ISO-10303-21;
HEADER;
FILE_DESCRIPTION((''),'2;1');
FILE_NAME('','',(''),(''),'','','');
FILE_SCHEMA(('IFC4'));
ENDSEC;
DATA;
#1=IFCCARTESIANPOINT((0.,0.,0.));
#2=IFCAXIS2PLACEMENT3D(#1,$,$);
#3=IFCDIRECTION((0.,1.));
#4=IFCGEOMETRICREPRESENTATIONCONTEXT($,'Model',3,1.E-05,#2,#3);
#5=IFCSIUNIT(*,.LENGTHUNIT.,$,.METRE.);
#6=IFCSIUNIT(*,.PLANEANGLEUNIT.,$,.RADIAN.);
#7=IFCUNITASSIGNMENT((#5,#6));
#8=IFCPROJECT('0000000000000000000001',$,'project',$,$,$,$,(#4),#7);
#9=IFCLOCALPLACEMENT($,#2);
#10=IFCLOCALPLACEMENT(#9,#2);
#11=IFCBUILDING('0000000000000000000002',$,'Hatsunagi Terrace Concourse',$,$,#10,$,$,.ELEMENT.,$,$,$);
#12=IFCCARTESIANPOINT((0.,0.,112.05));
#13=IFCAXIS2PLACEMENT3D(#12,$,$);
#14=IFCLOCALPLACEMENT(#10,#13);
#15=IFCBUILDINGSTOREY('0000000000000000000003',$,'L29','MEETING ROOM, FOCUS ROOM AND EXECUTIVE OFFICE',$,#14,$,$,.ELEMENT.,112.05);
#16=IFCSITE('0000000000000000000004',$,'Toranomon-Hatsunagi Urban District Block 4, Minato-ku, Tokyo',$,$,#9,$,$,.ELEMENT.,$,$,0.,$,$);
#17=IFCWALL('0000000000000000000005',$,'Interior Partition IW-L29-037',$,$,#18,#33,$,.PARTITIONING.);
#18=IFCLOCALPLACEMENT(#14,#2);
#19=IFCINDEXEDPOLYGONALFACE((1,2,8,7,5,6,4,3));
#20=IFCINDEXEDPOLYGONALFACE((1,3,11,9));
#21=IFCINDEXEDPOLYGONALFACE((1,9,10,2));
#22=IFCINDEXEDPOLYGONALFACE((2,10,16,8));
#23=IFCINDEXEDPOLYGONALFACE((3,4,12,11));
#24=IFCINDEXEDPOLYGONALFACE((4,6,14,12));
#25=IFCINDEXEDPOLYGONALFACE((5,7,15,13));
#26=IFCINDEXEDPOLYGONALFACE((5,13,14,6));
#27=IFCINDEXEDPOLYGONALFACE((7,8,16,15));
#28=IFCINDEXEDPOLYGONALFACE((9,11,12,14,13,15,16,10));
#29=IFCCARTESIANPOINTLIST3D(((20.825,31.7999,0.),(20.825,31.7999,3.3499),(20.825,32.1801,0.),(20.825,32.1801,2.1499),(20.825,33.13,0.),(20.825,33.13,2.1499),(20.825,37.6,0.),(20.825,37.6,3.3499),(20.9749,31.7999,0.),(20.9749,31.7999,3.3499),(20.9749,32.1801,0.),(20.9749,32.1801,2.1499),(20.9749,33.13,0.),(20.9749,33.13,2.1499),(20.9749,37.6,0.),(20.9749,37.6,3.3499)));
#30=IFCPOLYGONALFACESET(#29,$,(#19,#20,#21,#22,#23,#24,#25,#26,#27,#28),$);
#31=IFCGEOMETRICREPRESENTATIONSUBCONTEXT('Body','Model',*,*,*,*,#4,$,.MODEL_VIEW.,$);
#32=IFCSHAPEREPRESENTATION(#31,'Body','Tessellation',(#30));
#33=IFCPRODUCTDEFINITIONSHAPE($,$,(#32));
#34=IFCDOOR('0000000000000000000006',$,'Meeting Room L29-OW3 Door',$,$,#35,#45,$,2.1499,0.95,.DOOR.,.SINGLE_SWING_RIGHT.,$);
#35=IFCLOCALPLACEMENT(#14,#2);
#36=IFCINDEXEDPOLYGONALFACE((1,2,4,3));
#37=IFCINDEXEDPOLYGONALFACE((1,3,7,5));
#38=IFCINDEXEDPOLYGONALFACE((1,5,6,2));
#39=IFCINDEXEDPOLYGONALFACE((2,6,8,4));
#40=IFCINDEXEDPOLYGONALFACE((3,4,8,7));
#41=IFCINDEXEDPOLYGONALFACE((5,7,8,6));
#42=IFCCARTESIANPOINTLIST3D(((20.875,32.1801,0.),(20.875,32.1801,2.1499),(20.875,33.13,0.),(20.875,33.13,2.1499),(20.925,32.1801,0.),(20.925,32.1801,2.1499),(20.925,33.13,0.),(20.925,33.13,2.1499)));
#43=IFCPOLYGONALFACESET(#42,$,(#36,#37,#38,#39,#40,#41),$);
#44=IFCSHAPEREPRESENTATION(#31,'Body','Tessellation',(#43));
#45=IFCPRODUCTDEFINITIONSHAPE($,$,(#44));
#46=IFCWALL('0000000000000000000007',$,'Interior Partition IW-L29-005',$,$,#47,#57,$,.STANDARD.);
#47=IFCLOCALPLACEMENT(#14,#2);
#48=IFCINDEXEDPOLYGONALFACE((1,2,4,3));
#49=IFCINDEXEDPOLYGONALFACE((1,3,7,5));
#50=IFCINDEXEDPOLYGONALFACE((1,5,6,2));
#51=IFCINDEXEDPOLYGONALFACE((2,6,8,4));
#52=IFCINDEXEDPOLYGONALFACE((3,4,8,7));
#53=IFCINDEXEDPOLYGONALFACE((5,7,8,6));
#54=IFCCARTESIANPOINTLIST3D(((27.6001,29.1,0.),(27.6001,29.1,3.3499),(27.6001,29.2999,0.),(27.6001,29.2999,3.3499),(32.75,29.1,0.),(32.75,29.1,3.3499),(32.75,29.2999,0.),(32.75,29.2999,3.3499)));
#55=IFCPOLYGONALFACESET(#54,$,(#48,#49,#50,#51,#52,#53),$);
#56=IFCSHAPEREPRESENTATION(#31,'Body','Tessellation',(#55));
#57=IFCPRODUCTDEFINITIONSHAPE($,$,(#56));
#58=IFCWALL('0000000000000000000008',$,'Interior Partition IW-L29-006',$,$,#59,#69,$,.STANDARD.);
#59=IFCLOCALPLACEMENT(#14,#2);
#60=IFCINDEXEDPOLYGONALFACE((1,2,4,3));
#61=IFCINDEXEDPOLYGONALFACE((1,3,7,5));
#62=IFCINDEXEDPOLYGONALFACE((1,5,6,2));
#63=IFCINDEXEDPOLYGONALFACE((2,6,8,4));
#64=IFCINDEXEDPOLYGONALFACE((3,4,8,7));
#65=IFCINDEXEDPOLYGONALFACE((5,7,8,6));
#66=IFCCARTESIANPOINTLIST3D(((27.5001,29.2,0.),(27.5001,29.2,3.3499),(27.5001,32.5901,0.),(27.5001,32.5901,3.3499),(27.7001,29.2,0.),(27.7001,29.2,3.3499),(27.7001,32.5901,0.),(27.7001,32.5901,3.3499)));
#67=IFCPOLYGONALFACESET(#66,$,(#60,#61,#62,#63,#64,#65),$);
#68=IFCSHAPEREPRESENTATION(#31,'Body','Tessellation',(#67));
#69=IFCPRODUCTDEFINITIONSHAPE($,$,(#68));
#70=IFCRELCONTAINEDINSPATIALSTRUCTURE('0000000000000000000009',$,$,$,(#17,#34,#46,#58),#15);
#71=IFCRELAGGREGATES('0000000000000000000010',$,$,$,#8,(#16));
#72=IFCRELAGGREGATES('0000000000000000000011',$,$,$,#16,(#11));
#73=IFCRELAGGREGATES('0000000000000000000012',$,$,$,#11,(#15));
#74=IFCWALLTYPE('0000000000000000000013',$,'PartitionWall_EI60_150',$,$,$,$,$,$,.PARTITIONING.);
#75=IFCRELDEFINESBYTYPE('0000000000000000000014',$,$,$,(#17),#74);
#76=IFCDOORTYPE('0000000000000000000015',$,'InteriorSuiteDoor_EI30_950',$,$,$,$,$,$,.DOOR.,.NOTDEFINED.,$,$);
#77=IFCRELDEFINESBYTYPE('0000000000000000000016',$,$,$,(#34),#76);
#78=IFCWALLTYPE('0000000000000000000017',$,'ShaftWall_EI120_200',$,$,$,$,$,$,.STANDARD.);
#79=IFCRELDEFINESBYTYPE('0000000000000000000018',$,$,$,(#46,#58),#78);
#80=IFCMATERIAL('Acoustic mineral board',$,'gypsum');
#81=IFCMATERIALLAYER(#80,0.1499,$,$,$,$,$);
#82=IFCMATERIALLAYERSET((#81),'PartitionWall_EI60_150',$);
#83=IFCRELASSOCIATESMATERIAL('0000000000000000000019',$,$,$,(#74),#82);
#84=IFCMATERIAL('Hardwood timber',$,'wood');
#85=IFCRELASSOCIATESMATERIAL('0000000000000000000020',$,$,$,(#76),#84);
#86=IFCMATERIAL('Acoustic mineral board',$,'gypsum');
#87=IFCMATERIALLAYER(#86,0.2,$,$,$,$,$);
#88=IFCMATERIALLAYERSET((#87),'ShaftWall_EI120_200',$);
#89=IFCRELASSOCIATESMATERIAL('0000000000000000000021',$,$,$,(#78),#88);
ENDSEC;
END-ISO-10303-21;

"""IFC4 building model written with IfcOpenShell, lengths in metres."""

from ifc_helpers import new_model, si_unit, direction, frame, frame_2d, origin, place, context, subcontext, project, spatial, rectangle, extrude, material, layer, layer_set, type_object, element, fill, save


model = new_model("IFC4")

# Units and contexts
model_context = context("Model", 3, precision=1e-05, world=origin(), true_north=direction((0.0, 1.0)))
body_context = subcontext(model_context, "Body", "Model", "MODEL_VIEW")
ifc_project = project(units=[si_unit("LENGTHUNIT", "METRE"), si_unit("PLANEANGLEUNIT", "RADIAN")], contexts=[model_context])

# Site, building, storey
site_placement = place(None, origin())
site = spatial("IfcSite", under=ifc_project, at=site_placement, Name="Toranomon-Hatsunagi Urban District Block 4, Minato-ku, Tokyo", CompositionType="ELEMENT", RefElevation=0.0)
building_placement = place(site_placement, origin())
building = spatial("IfcBuilding", under=site, at=building_placement, Name="Hatsunagi Terrace Concourse", CompositionType="ELEMENT")
storey_placement = place(building_placement, frame((0.0, 0.0, 112.05)))
storey = spatial("IfcBuildingStorey", under=building, at=storey_placement, Name="L29", Description="MEETING ROOM, FOCUS ROOM AND EXECUTIVE OFFICE", CompositionType="ELEMENT", Elevation=112.05)

# Shared definitions
ifc_material_1 = material(Name="Acoustic mineral board", Category="gypsum")
ifc_layer_1 = layer(ifc_material_1, 0.1499)
ifc_layer_set_1 = layer_set([ifc_layer_1], Name="PartitionWall_EI60_150")
wall_type_1 = type_object("IfcWallType", Name="PartitionWall_EI60_150", PredefinedType="PARTITIONING", material=ifc_layer_set_1)

# Wall, opening, door
ifc_material_2 = material(Name="Hardwood timber", Category="wood")
door_type_1 = type_object("IfcDoorType", Name="InteriorSuiteDoor_EI30_950", OperationType="NOTDEFINED", PredefinedType="DOOR", material=ifc_material_2)
wall_1_placement = place(storey_placement, frame((20.8999, 31.8, 0.0), z_axis=(0.0, 0.0, 1.0), x_axis=(0.0, 1.0, 0.0)))
wall_1 = element("IfcWall", 1, at=wall_1_placement, inside=storey, type_object=wall_type_1, Name="Interior Partition IW-L29-037", PredefinedType="PARTITIONING", context=body_context, shape_type="SweptSolid", body=[
    extrude(rectangle(XDim=5.8, YDim=0.1499, at=frame_2d((2.8999, 0.0))), origin(), (0.0, 0.0, 1.0), 3.3499),
])
opening_1_placement = place(wall_1_placement, frame((0.3799, 0.0, 0.0)))
opening_1 = element("IfcOpeningElement", 2, at=opening_1_placement, cuts=wall_1, PredefinedType="OPENING", context=body_context, shape_type="SweptSolid", body=[
    extrude(rectangle(XDim=0.95, YDim=2.1499, at=frame_2d((0.4751, 1.075))), frame((0.0, 0.085, 0.0), z_axis=(0.0, -1.0, 0.0), x_axis=(1.0, 0.0, 0.0)), (0.0, 0.0, 1.0), 0.1699),
])
door_1_placement = place(opening_1_placement, origin())
door_1 = element("IfcDoor", 3, at=door_1_placement, inside=storey, type_object=door_type_1, Name="Meeting Room L29-OW3 Door", OperationType="SINGLE_SWING_RIGHT", OverallHeight=2.1499, OverallWidth=0.95, PredefinedType="DOOR", context=body_context, shape_type="SweptSolid", body=[
    extrude(rectangle(XDim=0.95, YDim=2.1499, at=frame_2d((0.4751, 1.075))), frame((0.0, 0.0249, 0.0), z_axis=(0.0, -1.0, 0.0), x_axis=(1.0, 0.0, 0.0)), (0.0, 0.0, 1.0), 0.05),
])
fill(opening_1, door_1)

# Walls
ifc_material_3 = material(Name="Acoustic mineral board", Category="gypsum")
ifc_layer_2 = layer(ifc_material_3, 0.2)
ifc_layer_set_2 = layer_set([ifc_layer_2], Name="ShaftWall_EI120_200")
wall_type_2 = type_object("IfcWallType", Name="ShaftWall_EI120_200", PredefinedType="STANDARD", material=ifc_layer_set_2)
wall_2_placement = place(storey_placement, frame((27.6001, 29.2, 0.0), z_axis=(0.0, 0.0, 1.0), x_axis=(1.0, 0.0, 0.0)))
element("IfcWall", 4, at=wall_2_placement, inside=storey, type_object=wall_type_2, Name="Interior Partition IW-L29-005", PredefinedType="STANDARD", context=body_context, shape_type="SweptSolid", body=[
    extrude(rectangle(XDim=5.1499, YDim=0.2, at=frame_2d((2.575, 0.0))), origin(), (0.0, 0.0, 1.0), 3.3499),
])
wall_3_placement = place(storey_placement, frame((27.6001, 29.2, 0.0), z_axis=(0.0, 0.0, 1.0), x_axis=(0.0, 1.0, 0.0)))
element("IfcWall", 5, at=wall_3_placement, inside=storey, type_object=wall_type_2, Name="Interior Partition IW-L29-006", PredefinedType="STANDARD", context=body_context, shape_type="SweptSolid", body=[
    extrude(rectangle(XDim=3.3901, YDim=0.2, at=frame_2d((1.6951, 0.0))), origin(), (0.0, 0.0, 1.0), 3.3499),
])

save(model, "model.ifc")
